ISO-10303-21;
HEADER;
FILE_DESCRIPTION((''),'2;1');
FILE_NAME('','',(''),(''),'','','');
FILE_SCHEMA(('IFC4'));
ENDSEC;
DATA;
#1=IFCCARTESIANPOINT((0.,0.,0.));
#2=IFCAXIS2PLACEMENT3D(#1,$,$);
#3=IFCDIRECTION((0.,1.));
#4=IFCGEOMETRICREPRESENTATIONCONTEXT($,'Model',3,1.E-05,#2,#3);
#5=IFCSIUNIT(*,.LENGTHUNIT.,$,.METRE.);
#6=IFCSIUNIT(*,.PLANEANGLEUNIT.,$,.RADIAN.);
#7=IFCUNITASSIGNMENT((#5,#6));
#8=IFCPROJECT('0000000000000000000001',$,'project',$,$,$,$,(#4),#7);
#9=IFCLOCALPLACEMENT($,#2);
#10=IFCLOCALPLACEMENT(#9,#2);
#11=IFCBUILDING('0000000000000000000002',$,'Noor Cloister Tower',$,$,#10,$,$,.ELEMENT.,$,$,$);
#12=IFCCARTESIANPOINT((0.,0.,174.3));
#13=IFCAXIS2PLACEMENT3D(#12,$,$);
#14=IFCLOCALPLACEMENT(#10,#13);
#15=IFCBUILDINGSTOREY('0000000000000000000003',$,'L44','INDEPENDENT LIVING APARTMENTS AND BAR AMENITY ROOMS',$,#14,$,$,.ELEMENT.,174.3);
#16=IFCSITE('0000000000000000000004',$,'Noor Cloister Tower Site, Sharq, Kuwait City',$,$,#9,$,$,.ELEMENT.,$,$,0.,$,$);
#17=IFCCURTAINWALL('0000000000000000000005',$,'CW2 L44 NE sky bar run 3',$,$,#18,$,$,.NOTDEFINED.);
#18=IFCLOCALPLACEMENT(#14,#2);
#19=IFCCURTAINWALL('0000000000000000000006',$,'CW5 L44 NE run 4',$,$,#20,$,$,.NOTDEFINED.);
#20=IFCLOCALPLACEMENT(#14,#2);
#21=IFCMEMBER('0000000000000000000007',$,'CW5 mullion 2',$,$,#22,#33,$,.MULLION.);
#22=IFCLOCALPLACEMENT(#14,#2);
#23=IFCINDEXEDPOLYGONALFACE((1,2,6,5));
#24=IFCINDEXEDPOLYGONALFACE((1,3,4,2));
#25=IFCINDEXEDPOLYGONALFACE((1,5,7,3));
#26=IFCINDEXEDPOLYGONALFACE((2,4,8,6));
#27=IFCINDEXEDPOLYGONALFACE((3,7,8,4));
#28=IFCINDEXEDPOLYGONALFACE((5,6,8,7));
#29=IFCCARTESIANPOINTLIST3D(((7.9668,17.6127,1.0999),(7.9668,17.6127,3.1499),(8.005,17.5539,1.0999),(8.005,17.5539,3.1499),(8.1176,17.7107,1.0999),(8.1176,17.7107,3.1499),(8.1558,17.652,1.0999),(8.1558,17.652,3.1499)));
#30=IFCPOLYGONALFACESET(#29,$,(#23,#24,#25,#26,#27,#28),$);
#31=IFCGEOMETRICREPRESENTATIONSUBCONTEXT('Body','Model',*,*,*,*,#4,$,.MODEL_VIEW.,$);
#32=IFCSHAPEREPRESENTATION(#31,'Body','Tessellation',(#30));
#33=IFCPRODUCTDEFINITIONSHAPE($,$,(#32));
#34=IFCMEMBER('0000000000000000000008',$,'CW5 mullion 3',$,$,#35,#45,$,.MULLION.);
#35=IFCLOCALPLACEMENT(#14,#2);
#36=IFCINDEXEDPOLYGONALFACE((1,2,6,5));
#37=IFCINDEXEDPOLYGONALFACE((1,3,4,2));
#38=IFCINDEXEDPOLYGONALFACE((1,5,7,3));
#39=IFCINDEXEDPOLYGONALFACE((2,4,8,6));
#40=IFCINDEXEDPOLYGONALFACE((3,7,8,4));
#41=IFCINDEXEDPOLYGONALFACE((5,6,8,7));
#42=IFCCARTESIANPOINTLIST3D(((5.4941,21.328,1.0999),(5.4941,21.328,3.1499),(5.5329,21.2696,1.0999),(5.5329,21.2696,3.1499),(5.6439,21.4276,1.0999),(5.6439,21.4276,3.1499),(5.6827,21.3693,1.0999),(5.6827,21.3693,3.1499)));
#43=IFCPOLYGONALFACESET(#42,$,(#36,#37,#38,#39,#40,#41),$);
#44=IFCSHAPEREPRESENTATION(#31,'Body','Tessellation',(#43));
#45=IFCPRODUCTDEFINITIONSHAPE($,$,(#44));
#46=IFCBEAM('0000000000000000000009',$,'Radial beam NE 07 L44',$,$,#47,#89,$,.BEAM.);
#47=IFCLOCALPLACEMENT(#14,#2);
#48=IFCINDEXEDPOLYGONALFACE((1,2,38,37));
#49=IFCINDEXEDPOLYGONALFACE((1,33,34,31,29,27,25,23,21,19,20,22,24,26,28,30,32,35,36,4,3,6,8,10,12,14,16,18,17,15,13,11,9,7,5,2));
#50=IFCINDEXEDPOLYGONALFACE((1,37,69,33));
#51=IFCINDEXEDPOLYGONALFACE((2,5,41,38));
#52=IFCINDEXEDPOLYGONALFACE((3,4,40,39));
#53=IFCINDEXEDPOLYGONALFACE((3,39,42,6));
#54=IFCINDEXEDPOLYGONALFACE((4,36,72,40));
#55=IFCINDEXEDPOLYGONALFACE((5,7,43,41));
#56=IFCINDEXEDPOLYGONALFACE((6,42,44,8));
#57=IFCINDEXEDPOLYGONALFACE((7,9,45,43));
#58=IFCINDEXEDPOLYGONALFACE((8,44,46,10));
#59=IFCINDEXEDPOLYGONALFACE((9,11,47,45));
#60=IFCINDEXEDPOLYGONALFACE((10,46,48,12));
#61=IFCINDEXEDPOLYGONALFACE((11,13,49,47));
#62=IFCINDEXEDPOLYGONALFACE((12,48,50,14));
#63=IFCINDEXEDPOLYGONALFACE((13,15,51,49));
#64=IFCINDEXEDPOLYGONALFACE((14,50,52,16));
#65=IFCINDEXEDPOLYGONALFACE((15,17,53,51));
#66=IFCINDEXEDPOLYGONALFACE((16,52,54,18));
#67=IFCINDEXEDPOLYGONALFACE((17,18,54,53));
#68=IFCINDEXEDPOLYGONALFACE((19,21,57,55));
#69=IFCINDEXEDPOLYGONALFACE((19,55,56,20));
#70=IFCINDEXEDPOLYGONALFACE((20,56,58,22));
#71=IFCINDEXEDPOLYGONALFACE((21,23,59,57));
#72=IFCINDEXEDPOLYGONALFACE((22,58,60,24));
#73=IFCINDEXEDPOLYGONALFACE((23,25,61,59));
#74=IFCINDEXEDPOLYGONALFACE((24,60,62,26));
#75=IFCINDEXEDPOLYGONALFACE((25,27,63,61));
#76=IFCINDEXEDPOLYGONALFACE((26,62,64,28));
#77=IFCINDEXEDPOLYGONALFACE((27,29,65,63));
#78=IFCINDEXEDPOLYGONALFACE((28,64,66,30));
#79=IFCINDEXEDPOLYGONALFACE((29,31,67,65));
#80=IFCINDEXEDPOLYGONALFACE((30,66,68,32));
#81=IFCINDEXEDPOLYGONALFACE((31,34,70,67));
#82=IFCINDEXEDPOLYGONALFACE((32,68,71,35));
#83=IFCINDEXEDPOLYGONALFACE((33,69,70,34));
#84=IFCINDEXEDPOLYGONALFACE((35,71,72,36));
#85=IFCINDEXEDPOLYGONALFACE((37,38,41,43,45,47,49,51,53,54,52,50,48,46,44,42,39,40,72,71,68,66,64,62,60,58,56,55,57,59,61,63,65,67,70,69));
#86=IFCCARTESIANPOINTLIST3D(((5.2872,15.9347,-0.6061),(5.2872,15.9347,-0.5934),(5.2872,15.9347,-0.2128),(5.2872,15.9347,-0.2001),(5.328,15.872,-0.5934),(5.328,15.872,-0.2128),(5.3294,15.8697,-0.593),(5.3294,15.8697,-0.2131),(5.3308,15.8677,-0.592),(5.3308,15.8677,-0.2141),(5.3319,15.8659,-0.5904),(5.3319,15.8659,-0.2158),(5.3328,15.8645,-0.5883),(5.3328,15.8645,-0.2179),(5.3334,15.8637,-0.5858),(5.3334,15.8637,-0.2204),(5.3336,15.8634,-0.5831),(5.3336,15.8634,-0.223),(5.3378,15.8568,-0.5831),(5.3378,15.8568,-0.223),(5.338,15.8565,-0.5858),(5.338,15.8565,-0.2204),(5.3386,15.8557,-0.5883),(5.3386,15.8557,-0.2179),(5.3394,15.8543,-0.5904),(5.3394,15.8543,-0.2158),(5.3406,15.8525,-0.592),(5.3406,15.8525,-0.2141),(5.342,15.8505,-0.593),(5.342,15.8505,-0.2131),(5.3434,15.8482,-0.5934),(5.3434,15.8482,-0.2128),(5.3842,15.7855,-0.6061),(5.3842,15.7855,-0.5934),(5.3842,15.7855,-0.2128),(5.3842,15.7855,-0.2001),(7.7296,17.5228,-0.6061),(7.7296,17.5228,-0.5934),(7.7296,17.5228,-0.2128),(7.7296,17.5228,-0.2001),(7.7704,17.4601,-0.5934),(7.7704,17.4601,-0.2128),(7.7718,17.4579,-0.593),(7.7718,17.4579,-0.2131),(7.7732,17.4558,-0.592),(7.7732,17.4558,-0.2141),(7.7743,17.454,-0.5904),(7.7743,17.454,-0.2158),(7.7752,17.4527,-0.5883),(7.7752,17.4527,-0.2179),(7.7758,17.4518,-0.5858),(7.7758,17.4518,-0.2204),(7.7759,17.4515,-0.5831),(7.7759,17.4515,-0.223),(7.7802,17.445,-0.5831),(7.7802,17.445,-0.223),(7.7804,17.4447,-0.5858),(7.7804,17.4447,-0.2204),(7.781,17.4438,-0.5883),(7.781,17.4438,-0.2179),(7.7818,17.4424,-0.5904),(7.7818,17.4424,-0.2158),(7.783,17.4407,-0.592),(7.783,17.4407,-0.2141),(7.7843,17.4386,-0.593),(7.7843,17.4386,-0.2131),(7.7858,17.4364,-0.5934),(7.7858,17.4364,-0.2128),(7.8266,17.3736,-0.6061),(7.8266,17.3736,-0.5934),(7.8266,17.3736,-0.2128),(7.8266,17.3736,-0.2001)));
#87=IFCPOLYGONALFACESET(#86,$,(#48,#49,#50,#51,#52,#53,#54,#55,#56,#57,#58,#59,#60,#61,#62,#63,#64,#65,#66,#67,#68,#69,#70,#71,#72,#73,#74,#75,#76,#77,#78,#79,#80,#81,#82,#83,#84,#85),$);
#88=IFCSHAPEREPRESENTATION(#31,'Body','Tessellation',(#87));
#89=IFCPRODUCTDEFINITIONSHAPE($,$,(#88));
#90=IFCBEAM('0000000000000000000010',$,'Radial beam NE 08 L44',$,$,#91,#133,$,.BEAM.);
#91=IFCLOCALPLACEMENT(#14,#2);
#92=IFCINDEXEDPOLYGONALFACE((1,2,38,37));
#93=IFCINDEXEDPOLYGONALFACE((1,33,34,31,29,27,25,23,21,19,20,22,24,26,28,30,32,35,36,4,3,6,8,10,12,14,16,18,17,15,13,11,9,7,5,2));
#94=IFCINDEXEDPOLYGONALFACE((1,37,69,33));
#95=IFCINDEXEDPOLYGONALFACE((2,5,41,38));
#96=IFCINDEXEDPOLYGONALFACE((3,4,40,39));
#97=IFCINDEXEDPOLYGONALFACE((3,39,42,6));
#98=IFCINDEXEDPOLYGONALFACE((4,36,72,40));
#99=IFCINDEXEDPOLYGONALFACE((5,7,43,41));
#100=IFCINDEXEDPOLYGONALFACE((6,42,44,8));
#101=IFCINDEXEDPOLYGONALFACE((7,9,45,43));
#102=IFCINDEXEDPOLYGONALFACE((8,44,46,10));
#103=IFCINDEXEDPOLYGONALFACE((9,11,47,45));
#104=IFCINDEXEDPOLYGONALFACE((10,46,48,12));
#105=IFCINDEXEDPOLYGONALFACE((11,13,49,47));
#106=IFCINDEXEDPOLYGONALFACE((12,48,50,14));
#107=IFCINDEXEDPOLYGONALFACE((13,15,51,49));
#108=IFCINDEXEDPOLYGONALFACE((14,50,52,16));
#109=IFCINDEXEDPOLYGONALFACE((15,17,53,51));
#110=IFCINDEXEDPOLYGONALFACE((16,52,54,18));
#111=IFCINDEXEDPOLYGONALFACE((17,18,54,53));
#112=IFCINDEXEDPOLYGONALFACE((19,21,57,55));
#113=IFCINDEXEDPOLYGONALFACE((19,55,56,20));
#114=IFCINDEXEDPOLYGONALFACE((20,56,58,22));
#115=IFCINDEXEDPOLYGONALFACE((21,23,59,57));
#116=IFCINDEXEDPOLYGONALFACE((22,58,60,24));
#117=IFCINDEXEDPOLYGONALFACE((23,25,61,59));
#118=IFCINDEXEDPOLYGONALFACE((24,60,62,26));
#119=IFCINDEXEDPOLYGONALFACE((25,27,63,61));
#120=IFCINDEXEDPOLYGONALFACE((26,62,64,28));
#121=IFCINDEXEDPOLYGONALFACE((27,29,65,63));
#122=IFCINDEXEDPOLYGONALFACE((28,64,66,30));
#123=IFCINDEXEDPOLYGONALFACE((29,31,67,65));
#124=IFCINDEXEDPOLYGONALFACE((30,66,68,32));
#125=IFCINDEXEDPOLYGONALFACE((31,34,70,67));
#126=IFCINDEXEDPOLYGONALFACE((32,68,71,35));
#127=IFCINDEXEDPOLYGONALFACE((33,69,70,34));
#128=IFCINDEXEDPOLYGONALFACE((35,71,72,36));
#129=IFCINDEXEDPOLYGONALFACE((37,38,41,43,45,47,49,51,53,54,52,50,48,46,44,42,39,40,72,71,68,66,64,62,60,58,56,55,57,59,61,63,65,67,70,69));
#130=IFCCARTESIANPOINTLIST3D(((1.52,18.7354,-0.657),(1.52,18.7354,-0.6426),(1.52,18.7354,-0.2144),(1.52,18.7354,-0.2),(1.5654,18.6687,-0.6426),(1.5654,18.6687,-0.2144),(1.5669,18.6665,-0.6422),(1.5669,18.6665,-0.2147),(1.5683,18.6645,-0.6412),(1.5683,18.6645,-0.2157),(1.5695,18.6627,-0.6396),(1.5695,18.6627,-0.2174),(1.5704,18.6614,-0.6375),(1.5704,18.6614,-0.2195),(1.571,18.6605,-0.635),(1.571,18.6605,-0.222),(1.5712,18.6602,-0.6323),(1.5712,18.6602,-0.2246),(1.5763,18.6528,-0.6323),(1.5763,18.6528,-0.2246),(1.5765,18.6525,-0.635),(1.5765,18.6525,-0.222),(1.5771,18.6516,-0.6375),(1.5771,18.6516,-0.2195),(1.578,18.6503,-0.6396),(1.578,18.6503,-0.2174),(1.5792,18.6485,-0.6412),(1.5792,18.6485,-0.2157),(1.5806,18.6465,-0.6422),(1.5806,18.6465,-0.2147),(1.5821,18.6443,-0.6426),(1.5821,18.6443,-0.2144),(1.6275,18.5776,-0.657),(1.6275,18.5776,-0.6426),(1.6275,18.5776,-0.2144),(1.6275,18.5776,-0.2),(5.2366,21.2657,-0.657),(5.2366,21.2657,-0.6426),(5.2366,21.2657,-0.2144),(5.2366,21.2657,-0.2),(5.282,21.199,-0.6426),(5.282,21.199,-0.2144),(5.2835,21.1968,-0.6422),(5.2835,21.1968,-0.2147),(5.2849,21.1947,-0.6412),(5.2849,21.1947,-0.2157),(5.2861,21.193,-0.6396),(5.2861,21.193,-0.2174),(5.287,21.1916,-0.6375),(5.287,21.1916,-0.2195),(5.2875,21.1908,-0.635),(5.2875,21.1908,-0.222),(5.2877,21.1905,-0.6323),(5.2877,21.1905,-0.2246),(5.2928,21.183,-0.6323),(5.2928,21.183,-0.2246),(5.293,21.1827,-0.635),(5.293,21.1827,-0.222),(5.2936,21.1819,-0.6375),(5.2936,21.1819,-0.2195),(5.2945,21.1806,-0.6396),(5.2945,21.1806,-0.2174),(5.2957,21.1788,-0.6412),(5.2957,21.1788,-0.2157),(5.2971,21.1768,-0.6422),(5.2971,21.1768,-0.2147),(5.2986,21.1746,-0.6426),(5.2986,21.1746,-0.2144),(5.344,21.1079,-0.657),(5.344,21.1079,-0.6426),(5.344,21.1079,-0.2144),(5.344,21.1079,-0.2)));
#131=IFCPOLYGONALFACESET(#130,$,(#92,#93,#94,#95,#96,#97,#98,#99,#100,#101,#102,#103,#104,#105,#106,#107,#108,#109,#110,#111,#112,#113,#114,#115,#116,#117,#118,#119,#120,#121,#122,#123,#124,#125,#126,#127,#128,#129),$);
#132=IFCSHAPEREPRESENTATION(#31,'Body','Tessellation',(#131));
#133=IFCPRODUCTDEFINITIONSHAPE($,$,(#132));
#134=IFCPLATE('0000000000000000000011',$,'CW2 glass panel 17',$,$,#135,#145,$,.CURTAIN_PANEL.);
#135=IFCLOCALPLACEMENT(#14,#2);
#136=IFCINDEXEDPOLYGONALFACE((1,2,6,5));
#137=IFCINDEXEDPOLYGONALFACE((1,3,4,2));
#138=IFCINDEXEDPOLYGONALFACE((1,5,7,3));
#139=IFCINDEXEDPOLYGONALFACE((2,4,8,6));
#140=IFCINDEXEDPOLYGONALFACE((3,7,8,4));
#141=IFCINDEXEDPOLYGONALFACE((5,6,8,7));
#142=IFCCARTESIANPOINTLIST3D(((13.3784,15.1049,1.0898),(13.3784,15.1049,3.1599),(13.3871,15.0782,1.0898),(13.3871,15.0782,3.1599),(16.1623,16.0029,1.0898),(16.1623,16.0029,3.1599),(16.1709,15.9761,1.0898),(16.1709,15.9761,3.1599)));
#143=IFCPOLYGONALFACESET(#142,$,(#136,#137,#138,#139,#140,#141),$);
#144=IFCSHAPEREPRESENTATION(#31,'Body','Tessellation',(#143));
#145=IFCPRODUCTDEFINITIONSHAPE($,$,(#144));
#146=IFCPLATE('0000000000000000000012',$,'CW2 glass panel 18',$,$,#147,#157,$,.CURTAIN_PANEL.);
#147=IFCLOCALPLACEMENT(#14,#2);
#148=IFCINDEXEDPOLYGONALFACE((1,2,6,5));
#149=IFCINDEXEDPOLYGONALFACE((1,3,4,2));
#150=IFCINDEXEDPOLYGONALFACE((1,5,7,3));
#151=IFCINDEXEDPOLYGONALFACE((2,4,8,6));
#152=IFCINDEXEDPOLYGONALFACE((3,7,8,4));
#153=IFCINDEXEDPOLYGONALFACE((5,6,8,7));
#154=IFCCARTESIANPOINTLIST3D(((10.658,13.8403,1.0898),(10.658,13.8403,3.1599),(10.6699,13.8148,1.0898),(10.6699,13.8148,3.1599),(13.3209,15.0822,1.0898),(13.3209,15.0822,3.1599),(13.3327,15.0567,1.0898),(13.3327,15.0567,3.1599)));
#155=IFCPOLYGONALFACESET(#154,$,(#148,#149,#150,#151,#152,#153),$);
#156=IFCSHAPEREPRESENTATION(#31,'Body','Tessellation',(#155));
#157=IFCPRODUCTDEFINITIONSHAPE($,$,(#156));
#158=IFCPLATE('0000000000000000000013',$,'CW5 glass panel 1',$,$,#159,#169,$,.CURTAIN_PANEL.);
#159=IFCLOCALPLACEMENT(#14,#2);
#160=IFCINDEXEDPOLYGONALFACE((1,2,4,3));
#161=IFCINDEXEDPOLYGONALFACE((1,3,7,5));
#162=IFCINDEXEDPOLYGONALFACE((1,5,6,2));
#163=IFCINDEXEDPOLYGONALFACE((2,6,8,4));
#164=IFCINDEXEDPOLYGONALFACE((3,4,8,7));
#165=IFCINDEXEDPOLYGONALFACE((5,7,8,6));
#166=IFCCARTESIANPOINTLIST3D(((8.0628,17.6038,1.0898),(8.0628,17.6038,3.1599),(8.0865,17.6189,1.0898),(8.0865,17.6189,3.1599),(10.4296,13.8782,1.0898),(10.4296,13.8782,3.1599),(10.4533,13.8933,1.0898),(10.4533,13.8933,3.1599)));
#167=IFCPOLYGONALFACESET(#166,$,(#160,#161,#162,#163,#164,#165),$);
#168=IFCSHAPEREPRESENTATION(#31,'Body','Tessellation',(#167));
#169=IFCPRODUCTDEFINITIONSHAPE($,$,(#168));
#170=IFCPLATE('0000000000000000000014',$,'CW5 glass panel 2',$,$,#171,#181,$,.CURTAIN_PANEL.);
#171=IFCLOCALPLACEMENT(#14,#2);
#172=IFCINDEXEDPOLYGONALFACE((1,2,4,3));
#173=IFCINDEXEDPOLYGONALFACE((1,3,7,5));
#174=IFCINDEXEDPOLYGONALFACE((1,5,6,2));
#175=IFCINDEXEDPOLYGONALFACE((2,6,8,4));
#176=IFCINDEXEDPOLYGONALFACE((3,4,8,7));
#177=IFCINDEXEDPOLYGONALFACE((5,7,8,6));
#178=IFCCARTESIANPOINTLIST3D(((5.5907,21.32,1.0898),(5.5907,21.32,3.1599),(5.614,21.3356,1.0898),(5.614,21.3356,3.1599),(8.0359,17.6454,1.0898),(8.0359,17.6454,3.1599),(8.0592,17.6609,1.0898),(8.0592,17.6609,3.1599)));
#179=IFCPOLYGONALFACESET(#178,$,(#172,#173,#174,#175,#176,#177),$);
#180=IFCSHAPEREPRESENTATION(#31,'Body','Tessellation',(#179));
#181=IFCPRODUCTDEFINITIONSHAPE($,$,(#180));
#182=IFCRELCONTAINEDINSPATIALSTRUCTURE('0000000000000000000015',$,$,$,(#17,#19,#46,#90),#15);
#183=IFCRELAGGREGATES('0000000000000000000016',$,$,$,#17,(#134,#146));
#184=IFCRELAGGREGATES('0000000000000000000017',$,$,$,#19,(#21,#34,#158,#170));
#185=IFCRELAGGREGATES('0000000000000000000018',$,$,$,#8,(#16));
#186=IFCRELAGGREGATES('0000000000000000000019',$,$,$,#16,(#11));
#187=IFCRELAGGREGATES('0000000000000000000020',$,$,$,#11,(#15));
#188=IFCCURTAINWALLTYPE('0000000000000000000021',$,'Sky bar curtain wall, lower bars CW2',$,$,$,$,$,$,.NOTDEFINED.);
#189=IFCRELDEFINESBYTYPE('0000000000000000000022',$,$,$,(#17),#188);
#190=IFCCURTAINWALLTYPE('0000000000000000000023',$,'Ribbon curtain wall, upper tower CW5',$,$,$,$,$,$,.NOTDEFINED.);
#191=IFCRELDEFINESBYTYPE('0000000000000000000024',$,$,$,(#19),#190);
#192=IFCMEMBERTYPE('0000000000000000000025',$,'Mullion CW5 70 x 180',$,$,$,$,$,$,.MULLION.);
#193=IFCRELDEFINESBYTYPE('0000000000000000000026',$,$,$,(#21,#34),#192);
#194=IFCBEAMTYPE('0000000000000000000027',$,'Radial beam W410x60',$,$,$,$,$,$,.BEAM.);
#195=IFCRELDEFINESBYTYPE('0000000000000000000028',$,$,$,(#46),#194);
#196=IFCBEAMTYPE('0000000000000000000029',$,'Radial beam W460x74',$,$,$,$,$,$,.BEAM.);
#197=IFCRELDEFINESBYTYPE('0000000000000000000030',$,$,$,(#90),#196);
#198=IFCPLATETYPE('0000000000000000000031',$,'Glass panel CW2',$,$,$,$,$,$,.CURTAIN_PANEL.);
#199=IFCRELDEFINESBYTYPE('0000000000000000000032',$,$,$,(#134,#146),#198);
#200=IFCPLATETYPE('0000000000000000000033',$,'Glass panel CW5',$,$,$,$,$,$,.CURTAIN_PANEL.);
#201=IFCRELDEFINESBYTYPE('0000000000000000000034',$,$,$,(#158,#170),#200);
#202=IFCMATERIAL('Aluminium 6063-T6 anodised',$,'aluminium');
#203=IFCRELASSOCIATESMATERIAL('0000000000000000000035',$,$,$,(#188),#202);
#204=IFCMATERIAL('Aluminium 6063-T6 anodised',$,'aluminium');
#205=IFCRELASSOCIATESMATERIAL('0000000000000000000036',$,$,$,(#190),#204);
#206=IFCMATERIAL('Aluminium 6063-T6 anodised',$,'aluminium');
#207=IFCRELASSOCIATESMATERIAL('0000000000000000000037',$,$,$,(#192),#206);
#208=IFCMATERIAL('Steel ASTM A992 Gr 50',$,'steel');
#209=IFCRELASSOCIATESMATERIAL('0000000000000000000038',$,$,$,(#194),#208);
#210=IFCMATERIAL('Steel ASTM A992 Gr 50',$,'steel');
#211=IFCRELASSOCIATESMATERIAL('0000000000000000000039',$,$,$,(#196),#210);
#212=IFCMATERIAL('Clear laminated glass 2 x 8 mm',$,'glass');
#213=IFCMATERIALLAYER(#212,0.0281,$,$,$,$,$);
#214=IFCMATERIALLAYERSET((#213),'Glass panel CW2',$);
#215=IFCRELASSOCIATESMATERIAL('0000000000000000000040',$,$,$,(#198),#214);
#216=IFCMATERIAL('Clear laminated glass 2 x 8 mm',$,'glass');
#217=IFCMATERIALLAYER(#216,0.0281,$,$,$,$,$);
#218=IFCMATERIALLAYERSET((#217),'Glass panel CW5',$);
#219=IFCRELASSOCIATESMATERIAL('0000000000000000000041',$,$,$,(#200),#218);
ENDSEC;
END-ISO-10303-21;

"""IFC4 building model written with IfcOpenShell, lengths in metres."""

from ifc_helpers import new_model, si_unit, direction, frame, origin, origin_2d, place, context, subcontext, project, spatial, rectangle, i_section, extrude, material, layer, layer_set, material_profile, profile_set, type_object, element, aggregate, save


model = new_model("IFC4")

# Units and contexts
model_context = context("Model", 3, precision=1e-05, world=origin(), true_north=direction((0.0, 1.0)))
body_context = subcontext(model_context, "Body", "Model", "MODEL_VIEW")
ifc_project = project(units=[si_unit("LENGTHUNIT", "METRE"), si_unit("PLANEANGLEUNIT", "RADIAN")], contexts=[model_context])

# Site, building, storey
site_placement = place(None, origin())
site = spatial("IfcSite", under=ifc_project, at=site_placement, Name="Noor Cloister Tower Site, Sharq, Kuwait City", CompositionType="ELEMENT", RefElevation=0.0)
building_placement = place(site_placement, origin())
building = spatial("IfcBuilding", under=site, at=building_placement, Name="Noor Cloister Tower", CompositionType="ELEMENT")
storey_placement = place(building_placement, frame((0.0, 0.0, 174.3)))
storey = spatial("IfcBuildingStorey", under=building, at=storey_placement, Name="L44", Description="INDEPENDENT LIVING APARTMENTS AND BAR AMENITY ROOMS", CompositionType="ELEMENT", Elevation=174.3)

# Curtain walls, members
ifc_material_1 = material(Name="Aluminium 6063-T6 anodised", Category="aluminium")
curtain_wall_type_1 = type_object("IfcCurtainWallType", Name="Sky bar curtain wall, lower bars CW2", PredefinedType="NOTDEFINED", material=ifc_material_1)
curtain_wall_1_placement = place(storey_placement, origin())
curtain_wall_1 = element("IfcCurtainWall", 1, at=curtain_wall_1_placement, inside=storey, type_object=curtain_wall_type_1, Name="CW2 L44 NE sky bar run 3", PredefinedType="NOTDEFINED")
ifc_material_2 = material(Name="Aluminium 6063-T6 anodised", Category="aluminium")
curtain_wall_type_2 = type_object("IfcCurtainWallType", Name="Ribbon curtain wall, upper tower CW5", PredefinedType="NOTDEFINED", material=ifc_material_2)
curtain_wall_2_placement = place(storey_placement, origin())
curtain_wall_2 = element("IfcCurtainWall", 2, at=curtain_wall_2_placement, inside=storey, type_object=curtain_wall_type_2, Name="CW5 L44 NE run 4", PredefinedType="NOTDEFINED")
ifc_material_3 = material(Name="Aluminium 6063-T6 anodised", Category="aluminium")
ifc_material_profile_1 = material_profile(ifc_material_3, rectangle(XDim=0.1799, YDim=0.0701, at=origin_2d()), Name="180 x 70 mullion")
ifc_profile_set_1 = profile_set([ifc_material_profile_1], Name="Aluminium 6063-T6 anodised")
member_type_1 = type_object("IfcMemberType", Name="Mullion CW5 70 x 180", PredefinedType="MULLION", material=ifc_profile_set_1)
member_1_placement = place(storey_placement, frame((8.0613, 17.6323, 1.0999), z_axis=(0.0, 0.0, 1.0), x_axis=(-0.838347, -0.545137, 0.0)))
member_1 = element("IfcMember", 3, at=member_1_placement, type_object=member_type_1, Name="CW5 mullion 2", PredefinedType="MULLION", context=body_context, shape_type="SweptSolid", body=[
    extrude(rectangle(XDim=0.1799, YDim=0.0701, at=origin_2d()), origin(), (0.0, 0.0, 1.0), 2.05),
])
member_2_placement = place(storey_placement, frame((5.5884, 21.3486, 1.0999), z_axis=(0.0, 0.0, 1.0), x_axis=(-0.832527, -0.553985, 0.0)))
member_2 = element("IfcMember", 4, at=member_2_placement, type_object=member_type_1, Name="CW5 mullion 3", PredefinedType="MULLION", context=body_context, shape_type="SweptSolid", body=[
    extrude(rectangle(XDim=0.1799, YDim=0.0701, at=origin_2d()), origin(), (0.0, 0.0, 1.0), 2.05),
])

# Beams
ifc_material_4 = material(Name="Steel ASTM A992 Gr 50", Category="steel")
ifc_material_profile_2 = material_profile(ifc_material_4, i_section(OverallWidth=0.178, OverallDepth=0.406, WebThickness=0.0078, FlangeThickness=0.0127, FilletRadius=0.0103, at=origin_2d()), Name="W410x60")
ifc_profile_set_2 = profile_set([ifc_material_profile_2], Name="Steel ASTM A992 Gr 50")
beam_type_1 = type_object("IfcBeamType", Name="Radial beam W410x60", PredefinedType="BEAM", material=ifc_profile_set_2)
beam_1_placement = place(storey_placement, frame((7.7781, 17.4482, -0.4031), z_axis=(-0.838352, -0.54513, 0.0), x_axis=(0.54513, -0.838352, 0.0)))
element("IfcBeam", 5, at=beam_1_placement, inside=storey, type_object=beam_type_1, Name="Radial beam NE 07 L44", PredefinedType="BEAM", context=body_context, shape_type="SweptSolid", body=[
    extrude(i_section(OverallWidth=0.178, OverallDepth=0.406, WebThickness=0.0078, FlangeThickness=0.0127, FilletRadius=0.0103, at=origin_2d()), origin(), (0.0, 0.0, 1.0), 2.9133),
])
ifc_material_5 = material(Name="Steel ASTM A992 Gr 50", Category="steel")
ifc_material_profile_3 = material_profile(ifc_material_5, i_section(OverallWidth=0.1909, OverallDepth=0.457, WebThickness=0.009, FlangeThickness=0.0144, FilletRadius=0.0103, at=origin_2d()), Name="W460x74")
ifc_profile_set_3 = profile_set([ifc_material_profile_3], Name="Steel ASTM A992 Gr 50")
beam_type_2 = type_object("IfcBeamType", Name="Radial beam W460x74", PredefinedType="BEAM", material=ifc_profile_set_3)
beam_2_placement = place(storey_placement, frame((5.2903, 21.1868, -0.4285), z_axis=(-0.826614, -0.562769, 0.0), x_axis=(0.562769, -0.826614, 0.0)))
element("IfcBeam", 6, at=beam_2_placement, inside=storey, type_object=beam_type_2, Name="Radial beam NE 08 L44", PredefinedType="BEAM", context=body_context, shape_type="SweptSolid", body=[
    extrude(i_section(OverallWidth=0.1909, OverallDepth=0.457, WebThickness=0.009, FlangeThickness=0.0144, FilletRadius=0.0103, at=origin_2d()), origin(), (0.0, 0.0, 1.0), 4.4961),
])

# Plates
ifc_material_6 = material(Name="Clear laminated glass 2 x 8 mm", Category="glass")
ifc_layer_1 = layer(ifc_material_6, 0.0281)
ifc_layer_set_1 = layer_set([ifc_layer_1], Name="Glass panel CW2")
plate_type_1 = type_object("IfcPlateType", Name="Glass panel CW2", PredefinedType="CURTAIN_PANEL", material=ifc_layer_set_1)
plate_1_placement = place(storey_placement, frame((14.7747, 15.5405, 1.0898), z_axis=(0.0, 0.0, 1.0), x_axis=(-0.951715, -0.306983, 0.0)))
plate_1 = element("IfcPlate", 7, at=plate_1_placement, type_object=plate_type_1, Name="CW2 glass panel 17", PredefinedType="CURTAIN_PANEL", context=body_context, shape_type="SweptSolid", body=[
    extrude(rectangle(XDim=2.925, YDim=0.0281, at=origin_2d()), origin(), (0.0, 0.0, 1.0), 2.0701),
])
plate_2_placement = place(storey_placement, frame((11.9954, 14.4485, 1.0898), z_axis=(0.0, 0.0, 1.0), x_axis=(-0.906284, -0.42267, 0.0)))
plate_2 = element("IfcPlate", 8, at=plate_2_placement, type_object=plate_type_1, Name="CW2 glass panel 18", PredefinedType="CURTAIN_PANEL", context=body_context, shape_type="SweptSolid", body=[
    extrude(rectangle(XDim=2.9382, YDim=0.0281, at=origin_2d()), origin(), (0.0, 0.0, 1.0), 2.0701),
])
aggregate(curtain_wall_1, [plate_1, plate_2])
ifc_material_7 = material(Name="Clear laminated glass 2 x 8 mm", Category="glass")
ifc_layer_2 = layer(ifc_material_7, 0.0281)
ifc_layer_set_2 = layer_set([ifc_layer_2], Name="Glass panel CW5")
plate_type_2 = type_object("IfcPlateType", Name="Glass panel CW5", PredefinedType="CURTAIN_PANEL", material=ifc_layer_set_2)
plate_3_placement = place(storey_placement, frame((9.2581, 15.7485, 1.0898), z_axis=(0.0, 0.0, 1.0), x_axis=(-0.536228, 0.844073, 0.0)))
plate_3 = element("IfcPlate", 9, at=plate_3_placement, type_object=plate_type_2, Name="CW5 glass panel 1", PredefinedType="CURTAIN_PANEL", context=body_context, shape_type="SweptSolid", body=[
    extrude(rectangle(XDim=4.4138, YDim=0.0281, at=origin_2d()), origin(), (0.0, 0.0, 1.0), 2.0701),
])
plate_4_placement = place(storey_placement, frame((6.825, 19.4905, 1.0898), z_axis=(0.0, 0.0, 1.0), x_axis=(-0.553985, 0.832527, 0.0)))
plate_4 = element("IfcPlate", 10, at=plate_4_placement, type_object=plate_type_2, Name="CW5 glass panel 2", PredefinedType="CURTAIN_PANEL", context=body_context, shape_type="SweptSolid", body=[
    extrude(rectangle(XDim=4.4138, YDim=0.0281, at=origin_2d()), origin(), (0.0, 0.0, 1.0), 2.0701),
])
aggregate(curtain_wall_2, [member_1, member_2, plate_3, plate_4])

save(model, "model.ifc")
